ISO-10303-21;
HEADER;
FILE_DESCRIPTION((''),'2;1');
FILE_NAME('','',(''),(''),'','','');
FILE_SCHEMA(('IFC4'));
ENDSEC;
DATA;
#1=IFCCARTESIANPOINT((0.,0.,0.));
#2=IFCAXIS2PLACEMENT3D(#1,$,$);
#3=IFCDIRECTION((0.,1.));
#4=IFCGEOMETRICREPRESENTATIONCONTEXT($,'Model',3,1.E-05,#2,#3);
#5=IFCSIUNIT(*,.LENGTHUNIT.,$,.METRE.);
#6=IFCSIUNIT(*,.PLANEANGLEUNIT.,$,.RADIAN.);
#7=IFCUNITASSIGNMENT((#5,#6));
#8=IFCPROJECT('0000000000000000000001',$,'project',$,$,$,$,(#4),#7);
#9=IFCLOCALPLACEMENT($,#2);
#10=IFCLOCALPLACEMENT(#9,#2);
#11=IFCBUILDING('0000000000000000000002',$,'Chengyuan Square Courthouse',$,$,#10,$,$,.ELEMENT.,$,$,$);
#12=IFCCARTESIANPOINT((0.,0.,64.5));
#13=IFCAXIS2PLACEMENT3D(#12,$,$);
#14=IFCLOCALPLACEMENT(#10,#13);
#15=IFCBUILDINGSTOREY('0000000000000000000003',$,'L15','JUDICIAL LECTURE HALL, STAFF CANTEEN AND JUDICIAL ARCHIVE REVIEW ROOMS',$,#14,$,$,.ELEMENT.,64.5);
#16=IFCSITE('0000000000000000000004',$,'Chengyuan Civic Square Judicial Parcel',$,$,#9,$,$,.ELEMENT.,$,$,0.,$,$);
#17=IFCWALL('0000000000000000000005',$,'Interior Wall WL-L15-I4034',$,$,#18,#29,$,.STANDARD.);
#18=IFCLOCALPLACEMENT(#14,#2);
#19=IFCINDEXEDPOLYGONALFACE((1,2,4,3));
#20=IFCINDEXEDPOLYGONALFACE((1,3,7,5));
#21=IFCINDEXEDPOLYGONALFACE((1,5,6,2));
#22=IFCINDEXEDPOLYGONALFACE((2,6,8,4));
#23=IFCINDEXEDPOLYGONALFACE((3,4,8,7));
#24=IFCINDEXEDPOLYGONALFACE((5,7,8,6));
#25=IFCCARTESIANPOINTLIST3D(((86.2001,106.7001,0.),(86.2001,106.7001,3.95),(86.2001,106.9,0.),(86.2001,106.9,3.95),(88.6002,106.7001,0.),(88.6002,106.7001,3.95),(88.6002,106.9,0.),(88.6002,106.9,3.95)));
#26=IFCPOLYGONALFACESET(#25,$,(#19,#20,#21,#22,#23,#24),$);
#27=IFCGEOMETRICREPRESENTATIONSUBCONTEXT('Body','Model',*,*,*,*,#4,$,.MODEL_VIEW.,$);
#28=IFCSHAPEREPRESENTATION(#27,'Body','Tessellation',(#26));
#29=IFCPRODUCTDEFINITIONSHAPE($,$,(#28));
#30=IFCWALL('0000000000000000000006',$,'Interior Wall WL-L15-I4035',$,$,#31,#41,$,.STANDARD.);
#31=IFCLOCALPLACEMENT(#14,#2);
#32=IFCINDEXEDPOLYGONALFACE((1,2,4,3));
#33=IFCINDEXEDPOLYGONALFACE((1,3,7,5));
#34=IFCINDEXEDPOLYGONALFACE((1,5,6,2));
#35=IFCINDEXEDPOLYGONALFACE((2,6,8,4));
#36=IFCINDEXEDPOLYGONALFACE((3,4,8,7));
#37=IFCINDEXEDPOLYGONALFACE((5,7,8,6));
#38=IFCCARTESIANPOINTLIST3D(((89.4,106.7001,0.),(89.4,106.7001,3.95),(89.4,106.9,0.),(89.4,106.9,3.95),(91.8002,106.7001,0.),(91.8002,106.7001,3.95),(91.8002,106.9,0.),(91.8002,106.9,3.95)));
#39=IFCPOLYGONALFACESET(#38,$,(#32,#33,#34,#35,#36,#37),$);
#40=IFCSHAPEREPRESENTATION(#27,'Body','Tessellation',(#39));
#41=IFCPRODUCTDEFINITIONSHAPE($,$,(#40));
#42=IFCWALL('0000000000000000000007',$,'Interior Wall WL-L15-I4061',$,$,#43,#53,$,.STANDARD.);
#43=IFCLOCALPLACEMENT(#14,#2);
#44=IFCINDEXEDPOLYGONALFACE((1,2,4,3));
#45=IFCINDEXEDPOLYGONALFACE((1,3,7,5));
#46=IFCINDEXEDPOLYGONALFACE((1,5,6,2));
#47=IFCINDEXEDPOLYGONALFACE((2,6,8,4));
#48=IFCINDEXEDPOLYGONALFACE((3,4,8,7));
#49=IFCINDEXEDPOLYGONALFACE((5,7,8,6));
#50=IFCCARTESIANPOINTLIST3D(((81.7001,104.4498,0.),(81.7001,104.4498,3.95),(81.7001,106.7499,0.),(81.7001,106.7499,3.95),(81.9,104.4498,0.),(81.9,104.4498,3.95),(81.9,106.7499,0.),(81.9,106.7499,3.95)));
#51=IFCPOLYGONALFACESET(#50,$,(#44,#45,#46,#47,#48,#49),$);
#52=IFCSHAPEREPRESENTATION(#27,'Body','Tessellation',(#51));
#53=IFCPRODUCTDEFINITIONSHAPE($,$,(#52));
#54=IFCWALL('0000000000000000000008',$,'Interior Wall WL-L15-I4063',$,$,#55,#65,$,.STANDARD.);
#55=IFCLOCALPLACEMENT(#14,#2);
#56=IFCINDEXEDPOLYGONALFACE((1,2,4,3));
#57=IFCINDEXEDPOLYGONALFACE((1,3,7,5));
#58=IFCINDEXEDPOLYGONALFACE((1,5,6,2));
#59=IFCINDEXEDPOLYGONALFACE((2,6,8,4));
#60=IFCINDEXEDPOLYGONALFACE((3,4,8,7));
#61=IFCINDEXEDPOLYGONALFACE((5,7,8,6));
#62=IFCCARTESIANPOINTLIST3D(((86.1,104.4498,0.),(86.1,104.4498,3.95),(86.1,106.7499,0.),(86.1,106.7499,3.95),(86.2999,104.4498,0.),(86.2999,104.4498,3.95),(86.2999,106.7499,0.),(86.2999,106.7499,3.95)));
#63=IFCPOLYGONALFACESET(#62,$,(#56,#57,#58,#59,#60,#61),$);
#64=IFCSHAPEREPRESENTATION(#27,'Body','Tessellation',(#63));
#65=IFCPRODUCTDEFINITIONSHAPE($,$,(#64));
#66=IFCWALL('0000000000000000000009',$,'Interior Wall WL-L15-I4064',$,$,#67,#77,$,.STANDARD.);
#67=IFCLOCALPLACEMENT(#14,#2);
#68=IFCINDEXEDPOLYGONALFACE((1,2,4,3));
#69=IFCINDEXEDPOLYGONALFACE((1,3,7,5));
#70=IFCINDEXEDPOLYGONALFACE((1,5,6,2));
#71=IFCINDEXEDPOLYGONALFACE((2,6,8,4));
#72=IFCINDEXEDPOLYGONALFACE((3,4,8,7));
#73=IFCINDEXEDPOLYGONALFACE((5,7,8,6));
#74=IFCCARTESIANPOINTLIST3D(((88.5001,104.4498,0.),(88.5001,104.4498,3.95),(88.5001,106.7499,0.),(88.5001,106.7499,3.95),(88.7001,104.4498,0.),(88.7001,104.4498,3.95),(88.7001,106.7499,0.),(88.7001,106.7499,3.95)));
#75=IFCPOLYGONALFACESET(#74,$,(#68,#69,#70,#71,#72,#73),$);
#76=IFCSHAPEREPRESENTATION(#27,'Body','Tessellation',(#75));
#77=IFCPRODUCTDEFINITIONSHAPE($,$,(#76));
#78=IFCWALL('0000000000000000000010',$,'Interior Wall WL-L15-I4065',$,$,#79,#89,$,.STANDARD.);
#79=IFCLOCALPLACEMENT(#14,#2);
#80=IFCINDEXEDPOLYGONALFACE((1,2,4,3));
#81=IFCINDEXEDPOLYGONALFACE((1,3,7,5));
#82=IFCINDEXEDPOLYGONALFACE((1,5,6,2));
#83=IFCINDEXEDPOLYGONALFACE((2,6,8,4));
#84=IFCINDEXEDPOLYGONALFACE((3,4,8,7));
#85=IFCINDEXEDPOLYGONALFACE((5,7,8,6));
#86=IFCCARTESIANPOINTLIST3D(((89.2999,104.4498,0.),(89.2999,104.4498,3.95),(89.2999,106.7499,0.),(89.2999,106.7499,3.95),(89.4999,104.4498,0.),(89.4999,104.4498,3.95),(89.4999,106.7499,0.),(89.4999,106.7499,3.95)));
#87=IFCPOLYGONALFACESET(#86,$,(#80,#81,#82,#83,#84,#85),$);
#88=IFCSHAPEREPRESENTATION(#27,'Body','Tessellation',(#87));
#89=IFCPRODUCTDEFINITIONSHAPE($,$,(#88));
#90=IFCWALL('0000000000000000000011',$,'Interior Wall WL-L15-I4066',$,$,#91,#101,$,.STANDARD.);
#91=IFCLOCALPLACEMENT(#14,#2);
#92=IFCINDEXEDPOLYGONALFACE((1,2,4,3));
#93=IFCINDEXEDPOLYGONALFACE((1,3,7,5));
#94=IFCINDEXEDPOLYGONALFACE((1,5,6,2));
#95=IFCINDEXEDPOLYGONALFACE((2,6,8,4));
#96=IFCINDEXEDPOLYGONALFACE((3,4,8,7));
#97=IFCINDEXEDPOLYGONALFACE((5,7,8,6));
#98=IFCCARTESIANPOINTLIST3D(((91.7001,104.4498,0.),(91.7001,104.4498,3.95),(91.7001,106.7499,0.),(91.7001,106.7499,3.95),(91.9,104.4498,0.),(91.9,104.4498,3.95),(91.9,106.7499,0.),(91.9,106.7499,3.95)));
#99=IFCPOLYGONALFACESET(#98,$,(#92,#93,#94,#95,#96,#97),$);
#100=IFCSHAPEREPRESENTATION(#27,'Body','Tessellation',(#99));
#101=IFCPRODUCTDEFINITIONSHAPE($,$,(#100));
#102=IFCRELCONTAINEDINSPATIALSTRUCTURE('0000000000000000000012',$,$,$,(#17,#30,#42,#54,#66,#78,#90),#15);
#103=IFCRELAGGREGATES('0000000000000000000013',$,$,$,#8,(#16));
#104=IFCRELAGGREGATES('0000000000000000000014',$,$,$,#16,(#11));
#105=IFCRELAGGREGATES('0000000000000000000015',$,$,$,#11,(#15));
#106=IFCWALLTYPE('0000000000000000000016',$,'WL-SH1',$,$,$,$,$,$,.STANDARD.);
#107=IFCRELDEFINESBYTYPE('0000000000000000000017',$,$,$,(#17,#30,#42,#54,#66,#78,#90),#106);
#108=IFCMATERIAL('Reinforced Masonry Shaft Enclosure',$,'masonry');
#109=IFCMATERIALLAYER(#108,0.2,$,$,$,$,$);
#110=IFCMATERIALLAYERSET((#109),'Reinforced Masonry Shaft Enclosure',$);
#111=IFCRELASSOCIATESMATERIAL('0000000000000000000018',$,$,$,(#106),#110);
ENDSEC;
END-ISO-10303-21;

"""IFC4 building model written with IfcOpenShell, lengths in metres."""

from ifc_helpers import new_model, si_unit, direction, frame, frame_2d, origin, place, context, subcontext, project, spatial, rectangle, extrude, material, layer, layer_set, type_object, element, save


model = new_model("IFC4")

# Units and contexts
model_context = context("Model", 3, precision=1e-05, world=origin(), true_north=direction((0.0, 1.0)))
body_context = subcontext(model_context, "Body", "Model", "MODEL_VIEW")
ifc_project = project(units=[si_unit("LENGTHUNIT", "METRE"), si_unit("PLANEANGLEUNIT", "RADIAN")], contexts=[model_context])

# Site, building, storey
site_placement = place(None, origin())
site = spatial("IfcSite", under=ifc_project, at=site_placement, Name="Chengyuan Civic Square Judicial Parcel", CompositionType="ELEMENT", RefElevation=0.0)
building_placement = place(site_placement, origin())
building = spatial("IfcBuilding", under=site, at=building_placement, Name="Chengyuan Square Courthouse", CompositionType="ELEMENT")
storey_placement = place(building_placement, frame((0.0, 0.0, 64.5)))
storey = spatial("IfcBuildingStorey", under=building, at=storey_placement, Name="L15", Description="JUDICIAL LECTURE HALL, STAFF CANTEEN AND JUDICIAL ARCHIVE REVIEW ROOMS", CompositionType="ELEMENT", Elevation=64.5)

# Shared definitions
ifc_material_1 = material(Name="Reinforced Masonry Shaft Enclosure", Category="masonry")
ifc_layer_1 = layer(ifc_material_1, 0.2)
ifc_layer_set_1 = layer_set([ifc_layer_1], Name="Reinforced Masonry Shaft Enclosure")
wall_type_1 = type_object("IfcWallType", Name="WL-SH1", PredefinedType="STANDARD", material=ifc_layer_set_1)

# Walls
for number, where, z_axis, x_axis, name in (
    (1, (86.2, 106.8, 0.0), (0.0, 0.0, 1.0), (1.0, 0.0, 0.0), "Interior Wall WL-L15-I4034"),
    (2, (89.3999, 106.8, 0.0), (0.0, 0.0, 1.0), (1.0, 0.0, 0.0), "Interior Wall WL-L15-I4035"),
):
    element("IfcWall", number, at=place(storey_placement, frame(where, z_axis=z_axis, x_axis=x_axis)), inside=storey, type_object=wall_type_1, Name=name, PredefinedType="STANDARD", context=body_context, shape_type="SweptSolid", body=[
        extrude(rectangle(XDim=2.4001, YDim=0.2, at=frame_2d((1.2002, 0.0))), origin(), (0.0, 0.0, 1.0), 3.95),
    ])
for number, where, z_axis, x_axis, name in (
    (3, (81.8, 104.45, 0.0), (0.0, 0.0, 1.0), (0.0, 1.0, 0.0), "Interior Wall WL-L15-I4061"),
    (4, (86.2, 104.45, 0.0), (0.0, 0.0, 1.0), (0.0, 1.0, 0.0), "Interior Wall WL-L15-I4063"),
    (5, (88.6001, 104.45, 0.0), (0.0, 0.0, 1.0), (0.0, 1.0, 0.0), "Interior Wall WL-L15-I4064"),
    (6, (89.3999, 104.45, 0.0), (0.0, 0.0, 1.0), (0.0, 1.0, 0.0), "Interior Wall WL-L15-I4065"),
    (7, (91.8, 104.45, 0.0), (0.0, 0.0, 1.0), (0.0, 1.0, 0.0), "Interior Wall WL-L15-I4066"),
):
    element("IfcWall", number, at=place(storey_placement, frame(where, z_axis=z_axis, x_axis=x_axis)), inside=storey, type_object=wall_type_1, Name=name, PredefinedType="STANDARD", context=body_context, shape_type="SweptSolid", body=[
        extrude(rectangle(XDim=2.3, YDim=0.2, at=frame_2d((1.1499, 0.0))), origin(), (0.0, 0.0, 1.0), 3.95),
    ])

save(model, "model.ifc")
